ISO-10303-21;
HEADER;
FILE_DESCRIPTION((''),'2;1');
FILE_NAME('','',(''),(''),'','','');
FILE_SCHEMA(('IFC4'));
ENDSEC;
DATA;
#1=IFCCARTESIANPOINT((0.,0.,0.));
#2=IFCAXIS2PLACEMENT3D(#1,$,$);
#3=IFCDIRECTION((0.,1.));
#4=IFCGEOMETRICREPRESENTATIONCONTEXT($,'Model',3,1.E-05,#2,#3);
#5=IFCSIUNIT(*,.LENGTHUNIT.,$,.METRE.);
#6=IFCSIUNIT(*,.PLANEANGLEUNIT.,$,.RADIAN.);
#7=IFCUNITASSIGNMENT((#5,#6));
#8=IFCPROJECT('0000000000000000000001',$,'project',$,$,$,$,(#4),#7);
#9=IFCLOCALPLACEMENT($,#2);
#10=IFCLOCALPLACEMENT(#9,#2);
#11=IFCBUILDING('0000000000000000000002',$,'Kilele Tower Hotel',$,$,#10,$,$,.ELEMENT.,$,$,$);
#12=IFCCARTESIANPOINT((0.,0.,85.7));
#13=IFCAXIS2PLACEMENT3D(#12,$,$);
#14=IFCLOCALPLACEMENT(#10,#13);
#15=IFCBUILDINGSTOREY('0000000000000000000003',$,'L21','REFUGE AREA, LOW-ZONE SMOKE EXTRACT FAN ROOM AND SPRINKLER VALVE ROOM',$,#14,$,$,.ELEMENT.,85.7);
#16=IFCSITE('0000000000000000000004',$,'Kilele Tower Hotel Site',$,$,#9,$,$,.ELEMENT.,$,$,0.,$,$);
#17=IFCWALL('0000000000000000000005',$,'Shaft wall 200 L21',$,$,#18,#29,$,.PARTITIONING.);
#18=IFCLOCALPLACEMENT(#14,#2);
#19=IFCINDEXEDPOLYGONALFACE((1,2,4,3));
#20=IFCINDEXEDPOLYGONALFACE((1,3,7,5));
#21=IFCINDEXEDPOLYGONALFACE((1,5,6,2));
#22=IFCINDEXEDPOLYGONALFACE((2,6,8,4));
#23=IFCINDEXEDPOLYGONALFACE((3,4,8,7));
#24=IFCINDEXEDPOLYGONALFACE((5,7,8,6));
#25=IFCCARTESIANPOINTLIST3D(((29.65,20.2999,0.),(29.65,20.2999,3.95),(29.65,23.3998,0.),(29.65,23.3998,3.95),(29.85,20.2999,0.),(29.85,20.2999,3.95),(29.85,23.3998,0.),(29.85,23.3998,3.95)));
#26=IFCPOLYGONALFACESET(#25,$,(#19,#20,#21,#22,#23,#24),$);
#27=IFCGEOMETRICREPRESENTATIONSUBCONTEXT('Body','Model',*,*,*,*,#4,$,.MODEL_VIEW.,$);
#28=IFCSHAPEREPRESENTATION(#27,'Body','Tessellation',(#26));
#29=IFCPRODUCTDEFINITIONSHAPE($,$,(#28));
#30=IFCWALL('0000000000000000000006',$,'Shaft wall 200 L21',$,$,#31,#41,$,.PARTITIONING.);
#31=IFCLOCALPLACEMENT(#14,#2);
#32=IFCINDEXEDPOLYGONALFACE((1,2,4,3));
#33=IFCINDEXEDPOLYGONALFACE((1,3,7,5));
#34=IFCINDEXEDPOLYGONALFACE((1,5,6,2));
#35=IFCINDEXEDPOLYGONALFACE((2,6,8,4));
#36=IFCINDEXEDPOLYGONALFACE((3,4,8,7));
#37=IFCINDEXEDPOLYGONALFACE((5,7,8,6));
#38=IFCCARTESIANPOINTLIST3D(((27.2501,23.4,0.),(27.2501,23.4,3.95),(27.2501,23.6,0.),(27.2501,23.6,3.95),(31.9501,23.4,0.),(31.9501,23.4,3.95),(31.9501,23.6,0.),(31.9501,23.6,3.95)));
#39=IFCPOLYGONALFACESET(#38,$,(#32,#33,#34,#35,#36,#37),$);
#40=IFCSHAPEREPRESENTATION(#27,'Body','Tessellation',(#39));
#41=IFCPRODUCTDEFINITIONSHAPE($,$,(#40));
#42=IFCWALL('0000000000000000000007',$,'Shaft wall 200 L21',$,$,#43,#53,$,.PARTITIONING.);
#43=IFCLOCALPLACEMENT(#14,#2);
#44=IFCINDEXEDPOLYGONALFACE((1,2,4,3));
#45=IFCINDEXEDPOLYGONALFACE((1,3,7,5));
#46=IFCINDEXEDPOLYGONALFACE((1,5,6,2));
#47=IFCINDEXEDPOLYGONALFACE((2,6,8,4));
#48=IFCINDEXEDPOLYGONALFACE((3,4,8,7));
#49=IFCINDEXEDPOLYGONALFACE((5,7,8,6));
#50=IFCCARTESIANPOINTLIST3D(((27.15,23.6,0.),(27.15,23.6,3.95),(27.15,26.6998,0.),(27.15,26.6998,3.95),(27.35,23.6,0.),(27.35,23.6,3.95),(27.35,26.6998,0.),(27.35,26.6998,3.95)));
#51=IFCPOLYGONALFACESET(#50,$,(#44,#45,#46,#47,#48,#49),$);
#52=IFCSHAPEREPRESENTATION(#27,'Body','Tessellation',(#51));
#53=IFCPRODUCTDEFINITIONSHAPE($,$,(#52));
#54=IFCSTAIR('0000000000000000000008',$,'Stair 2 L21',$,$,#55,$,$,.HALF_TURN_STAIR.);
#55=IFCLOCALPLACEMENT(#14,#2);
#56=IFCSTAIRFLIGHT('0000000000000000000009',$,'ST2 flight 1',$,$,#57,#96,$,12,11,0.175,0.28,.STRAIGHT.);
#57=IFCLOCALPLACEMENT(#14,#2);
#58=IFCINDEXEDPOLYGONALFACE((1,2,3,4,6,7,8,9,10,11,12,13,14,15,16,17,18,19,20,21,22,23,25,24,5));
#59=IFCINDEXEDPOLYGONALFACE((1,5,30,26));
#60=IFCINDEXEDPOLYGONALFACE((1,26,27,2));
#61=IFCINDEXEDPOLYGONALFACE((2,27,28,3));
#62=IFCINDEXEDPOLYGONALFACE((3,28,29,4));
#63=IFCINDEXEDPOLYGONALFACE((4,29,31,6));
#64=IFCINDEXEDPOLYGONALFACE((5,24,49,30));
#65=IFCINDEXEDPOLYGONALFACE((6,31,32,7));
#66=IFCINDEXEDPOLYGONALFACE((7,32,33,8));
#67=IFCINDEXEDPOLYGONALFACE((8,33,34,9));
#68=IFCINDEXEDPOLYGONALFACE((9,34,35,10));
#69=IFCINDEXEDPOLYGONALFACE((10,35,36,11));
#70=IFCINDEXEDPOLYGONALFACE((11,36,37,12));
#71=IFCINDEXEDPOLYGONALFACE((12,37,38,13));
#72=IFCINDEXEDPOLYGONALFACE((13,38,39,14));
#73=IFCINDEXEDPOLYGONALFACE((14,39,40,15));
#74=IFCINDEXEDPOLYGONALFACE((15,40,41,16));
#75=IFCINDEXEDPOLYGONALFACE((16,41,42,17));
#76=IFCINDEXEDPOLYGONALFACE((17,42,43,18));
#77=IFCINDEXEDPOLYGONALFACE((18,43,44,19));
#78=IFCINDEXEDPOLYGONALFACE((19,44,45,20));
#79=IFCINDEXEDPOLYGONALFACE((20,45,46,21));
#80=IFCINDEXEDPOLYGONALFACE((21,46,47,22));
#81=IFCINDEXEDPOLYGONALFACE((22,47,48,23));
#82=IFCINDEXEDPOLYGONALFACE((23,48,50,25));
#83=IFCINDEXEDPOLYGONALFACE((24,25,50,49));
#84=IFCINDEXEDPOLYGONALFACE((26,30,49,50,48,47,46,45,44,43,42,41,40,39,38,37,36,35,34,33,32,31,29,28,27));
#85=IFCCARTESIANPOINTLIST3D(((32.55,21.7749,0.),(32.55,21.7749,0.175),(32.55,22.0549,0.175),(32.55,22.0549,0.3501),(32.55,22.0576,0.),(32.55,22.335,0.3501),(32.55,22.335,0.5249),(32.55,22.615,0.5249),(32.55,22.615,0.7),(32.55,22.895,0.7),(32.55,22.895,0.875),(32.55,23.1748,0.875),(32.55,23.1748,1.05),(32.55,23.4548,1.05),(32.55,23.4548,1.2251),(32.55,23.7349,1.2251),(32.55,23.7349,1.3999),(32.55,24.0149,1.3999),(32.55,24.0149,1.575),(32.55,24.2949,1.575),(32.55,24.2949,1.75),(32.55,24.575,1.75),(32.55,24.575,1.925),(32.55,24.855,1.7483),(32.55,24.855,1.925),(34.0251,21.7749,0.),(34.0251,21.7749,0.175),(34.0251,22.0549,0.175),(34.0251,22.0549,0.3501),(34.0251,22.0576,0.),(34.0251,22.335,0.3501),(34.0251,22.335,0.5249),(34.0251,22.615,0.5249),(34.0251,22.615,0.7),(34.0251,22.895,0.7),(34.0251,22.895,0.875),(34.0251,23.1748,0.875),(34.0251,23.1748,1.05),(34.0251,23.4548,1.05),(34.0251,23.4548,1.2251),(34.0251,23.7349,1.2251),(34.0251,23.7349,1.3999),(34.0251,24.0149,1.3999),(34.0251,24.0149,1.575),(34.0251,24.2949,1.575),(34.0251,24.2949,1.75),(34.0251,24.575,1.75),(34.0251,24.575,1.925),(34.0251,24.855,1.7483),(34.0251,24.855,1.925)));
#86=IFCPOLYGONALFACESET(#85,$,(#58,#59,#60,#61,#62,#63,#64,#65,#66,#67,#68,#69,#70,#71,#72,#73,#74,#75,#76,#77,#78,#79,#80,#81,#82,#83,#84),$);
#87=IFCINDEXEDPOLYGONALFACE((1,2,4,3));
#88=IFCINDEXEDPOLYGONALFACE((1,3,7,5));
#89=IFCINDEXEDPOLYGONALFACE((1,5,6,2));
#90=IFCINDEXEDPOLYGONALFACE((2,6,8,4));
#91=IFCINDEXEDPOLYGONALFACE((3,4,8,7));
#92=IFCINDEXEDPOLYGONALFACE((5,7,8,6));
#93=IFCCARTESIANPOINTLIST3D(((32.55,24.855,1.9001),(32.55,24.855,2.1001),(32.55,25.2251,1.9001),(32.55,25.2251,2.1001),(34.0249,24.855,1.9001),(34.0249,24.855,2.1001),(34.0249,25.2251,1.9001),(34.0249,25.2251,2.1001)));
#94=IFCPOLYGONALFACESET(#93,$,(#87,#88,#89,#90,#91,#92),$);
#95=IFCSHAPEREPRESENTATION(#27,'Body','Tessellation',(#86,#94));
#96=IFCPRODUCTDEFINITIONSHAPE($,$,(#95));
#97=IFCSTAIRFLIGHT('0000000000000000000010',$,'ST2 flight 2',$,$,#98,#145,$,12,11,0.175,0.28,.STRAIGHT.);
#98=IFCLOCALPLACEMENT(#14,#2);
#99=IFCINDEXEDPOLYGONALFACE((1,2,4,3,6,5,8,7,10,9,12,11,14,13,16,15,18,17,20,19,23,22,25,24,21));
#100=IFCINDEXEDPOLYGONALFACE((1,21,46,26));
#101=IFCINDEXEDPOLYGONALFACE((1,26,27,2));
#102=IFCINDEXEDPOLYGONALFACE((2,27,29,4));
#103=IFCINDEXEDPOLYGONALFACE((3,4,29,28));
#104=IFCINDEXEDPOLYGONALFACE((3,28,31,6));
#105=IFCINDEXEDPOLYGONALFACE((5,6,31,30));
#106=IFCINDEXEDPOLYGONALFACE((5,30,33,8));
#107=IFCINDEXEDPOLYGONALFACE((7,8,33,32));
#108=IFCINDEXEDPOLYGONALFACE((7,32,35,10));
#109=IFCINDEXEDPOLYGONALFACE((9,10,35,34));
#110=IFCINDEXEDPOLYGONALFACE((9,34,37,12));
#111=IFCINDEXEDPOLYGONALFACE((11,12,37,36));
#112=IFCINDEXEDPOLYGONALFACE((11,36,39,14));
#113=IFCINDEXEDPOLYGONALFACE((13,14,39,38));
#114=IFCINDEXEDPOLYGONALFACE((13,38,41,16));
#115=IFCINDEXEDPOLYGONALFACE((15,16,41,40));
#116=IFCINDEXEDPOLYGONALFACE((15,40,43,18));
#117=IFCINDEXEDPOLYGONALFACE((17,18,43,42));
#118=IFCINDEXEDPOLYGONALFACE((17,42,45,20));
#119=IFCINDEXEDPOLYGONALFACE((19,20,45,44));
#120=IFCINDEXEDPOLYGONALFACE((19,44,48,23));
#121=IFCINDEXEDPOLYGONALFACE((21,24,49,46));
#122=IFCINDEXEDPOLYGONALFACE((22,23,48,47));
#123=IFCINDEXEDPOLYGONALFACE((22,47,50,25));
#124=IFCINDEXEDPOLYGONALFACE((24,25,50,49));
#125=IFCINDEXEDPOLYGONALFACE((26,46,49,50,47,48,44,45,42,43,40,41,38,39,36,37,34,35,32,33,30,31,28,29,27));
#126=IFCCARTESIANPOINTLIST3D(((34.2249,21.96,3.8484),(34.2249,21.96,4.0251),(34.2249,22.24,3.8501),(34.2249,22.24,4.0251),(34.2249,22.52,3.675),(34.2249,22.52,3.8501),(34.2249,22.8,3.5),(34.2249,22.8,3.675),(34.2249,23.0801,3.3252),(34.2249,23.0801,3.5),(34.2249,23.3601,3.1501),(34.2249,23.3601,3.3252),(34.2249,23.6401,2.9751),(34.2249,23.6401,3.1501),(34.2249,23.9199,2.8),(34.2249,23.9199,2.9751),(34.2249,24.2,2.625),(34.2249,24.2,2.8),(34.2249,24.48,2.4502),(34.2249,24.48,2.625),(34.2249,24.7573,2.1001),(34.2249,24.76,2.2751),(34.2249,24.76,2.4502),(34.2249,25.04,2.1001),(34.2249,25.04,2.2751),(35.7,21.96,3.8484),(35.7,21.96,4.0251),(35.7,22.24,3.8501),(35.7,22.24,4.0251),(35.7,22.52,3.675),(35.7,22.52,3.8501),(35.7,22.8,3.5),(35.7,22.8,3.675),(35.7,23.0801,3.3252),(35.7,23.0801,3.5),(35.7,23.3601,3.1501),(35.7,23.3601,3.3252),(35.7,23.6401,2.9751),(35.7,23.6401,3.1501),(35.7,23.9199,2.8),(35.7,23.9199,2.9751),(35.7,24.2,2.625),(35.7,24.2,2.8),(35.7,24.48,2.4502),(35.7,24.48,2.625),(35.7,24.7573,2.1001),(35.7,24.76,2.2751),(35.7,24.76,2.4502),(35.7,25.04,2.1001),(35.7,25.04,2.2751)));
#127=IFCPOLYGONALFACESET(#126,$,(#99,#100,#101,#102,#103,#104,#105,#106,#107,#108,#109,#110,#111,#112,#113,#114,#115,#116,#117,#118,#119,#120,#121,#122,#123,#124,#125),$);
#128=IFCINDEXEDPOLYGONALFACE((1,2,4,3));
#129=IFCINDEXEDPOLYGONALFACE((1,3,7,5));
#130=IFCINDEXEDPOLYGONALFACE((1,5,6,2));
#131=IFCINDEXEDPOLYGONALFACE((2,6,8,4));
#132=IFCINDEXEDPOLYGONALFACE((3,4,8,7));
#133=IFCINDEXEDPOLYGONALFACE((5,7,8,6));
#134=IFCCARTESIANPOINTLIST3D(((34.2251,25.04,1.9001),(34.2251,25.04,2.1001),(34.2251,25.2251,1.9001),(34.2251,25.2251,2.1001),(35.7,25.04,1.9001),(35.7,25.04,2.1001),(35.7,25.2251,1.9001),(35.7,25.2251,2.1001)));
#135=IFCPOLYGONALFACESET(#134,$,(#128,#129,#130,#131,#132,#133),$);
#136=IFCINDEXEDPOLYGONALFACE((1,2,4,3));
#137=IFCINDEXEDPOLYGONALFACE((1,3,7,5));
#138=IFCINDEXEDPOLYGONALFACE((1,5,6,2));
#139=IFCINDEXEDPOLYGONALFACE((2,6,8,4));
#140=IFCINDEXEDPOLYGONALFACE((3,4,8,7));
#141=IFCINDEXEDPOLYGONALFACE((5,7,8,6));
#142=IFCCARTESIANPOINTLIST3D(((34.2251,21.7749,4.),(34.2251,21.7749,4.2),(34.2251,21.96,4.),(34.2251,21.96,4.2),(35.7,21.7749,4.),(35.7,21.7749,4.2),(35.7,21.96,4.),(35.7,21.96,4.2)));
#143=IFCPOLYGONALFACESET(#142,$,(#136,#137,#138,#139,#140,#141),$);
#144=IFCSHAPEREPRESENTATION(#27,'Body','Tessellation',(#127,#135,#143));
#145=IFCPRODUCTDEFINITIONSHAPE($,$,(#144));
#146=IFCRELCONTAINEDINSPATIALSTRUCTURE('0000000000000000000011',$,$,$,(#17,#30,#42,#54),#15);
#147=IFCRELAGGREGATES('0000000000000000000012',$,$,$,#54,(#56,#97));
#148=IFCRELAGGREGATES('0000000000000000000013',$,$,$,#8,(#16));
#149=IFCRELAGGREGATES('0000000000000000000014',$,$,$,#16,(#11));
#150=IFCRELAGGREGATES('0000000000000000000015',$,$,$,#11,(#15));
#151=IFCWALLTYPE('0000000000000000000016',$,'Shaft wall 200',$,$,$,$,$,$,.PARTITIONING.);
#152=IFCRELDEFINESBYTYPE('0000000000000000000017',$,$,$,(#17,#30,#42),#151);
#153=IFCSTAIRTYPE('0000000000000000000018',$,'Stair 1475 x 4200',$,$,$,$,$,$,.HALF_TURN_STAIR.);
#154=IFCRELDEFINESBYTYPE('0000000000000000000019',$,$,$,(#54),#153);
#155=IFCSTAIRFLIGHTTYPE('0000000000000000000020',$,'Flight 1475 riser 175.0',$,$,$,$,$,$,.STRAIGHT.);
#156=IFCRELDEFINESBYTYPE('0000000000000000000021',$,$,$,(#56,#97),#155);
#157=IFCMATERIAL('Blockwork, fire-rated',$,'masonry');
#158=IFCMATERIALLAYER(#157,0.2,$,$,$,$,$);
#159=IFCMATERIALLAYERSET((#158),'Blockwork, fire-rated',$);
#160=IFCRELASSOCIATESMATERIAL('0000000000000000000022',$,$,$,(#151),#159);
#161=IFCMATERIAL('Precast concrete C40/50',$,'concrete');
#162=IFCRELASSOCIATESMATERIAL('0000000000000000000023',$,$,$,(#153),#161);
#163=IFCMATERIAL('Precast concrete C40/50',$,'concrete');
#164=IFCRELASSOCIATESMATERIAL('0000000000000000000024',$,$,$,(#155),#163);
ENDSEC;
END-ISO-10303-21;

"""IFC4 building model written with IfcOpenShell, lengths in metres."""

from ifc_helpers import new_model, si_unit, direction, frame, frame_2d, origin, place, context, subcontext, project, spatial, polyline, rectangle, outline, extrude, material, layer, layer_set, type_object, element, aggregate, save


model = new_model("IFC4")

# Units and contexts
model_context = context("Model", 3, precision=1e-05, world=origin(), true_north=direction((0.0, 1.0)))
body_context = subcontext(model_context, "Body", "Model", "MODEL_VIEW")
ifc_project = project(units=[si_unit("LENGTHUNIT", "METRE"), si_unit("PLANEANGLEUNIT", "RADIAN")], contexts=[model_context])

# Site, building, storey
site_placement = place(None, origin())
site = spatial("IfcSite", under=ifc_project, at=site_placement, Name="Kilele Tower Hotel Site", CompositionType="ELEMENT", RefElevation=0.0)
building_placement = place(site_placement, origin())
building = spatial("IfcBuilding", under=site, at=building_placement, Name="Kilele Tower Hotel", CompositionType="ELEMENT")
storey_placement = place(building_placement, frame((0.0, 0.0, 85.7)))
storey = spatial("IfcBuildingStorey", under=building, at=storey_placement, Name="L21", Description="REFUGE AREA, LOW-ZONE SMOKE EXTRACT FAN ROOM AND SPRINKLER VALVE ROOM", CompositionType="ELEMENT", Elevation=85.7)

# Walls
ifc_material_1 = material(Name="Blockwork, fire-rated", Category="masonry")
ifc_layer_1 = layer(ifc_material_1, 0.2)
ifc_layer_set_1 = layer_set([ifc_layer_1], Name="Blockwork, fire-rated")
wall_type_1 = type_object("IfcWallType", Name="Shaft wall 200", PredefinedType="PARTITIONING", material=ifc_layer_set_1)
wall_1_placement = place(storey_placement, frame((29.75, 20.3, 0.0), z_axis=(0.0, 0.0, 1.0), x_axis=(0.0, 1.0, 0.0)))
element("IfcWall", 1, at=wall_1_placement, inside=storey, type_object=wall_type_1, Name="Shaft wall 200 L21", PredefinedType="PARTITIONING", context=body_context, shape_type="SweptSolid", body=[
    extrude(rectangle(XDim=3.0999, YDim=0.2, at=frame_2d((1.5498, 0.0))), origin(), (0.0, 0.0, 1.0), 3.95),
])
wall_2_placement = place(storey_placement, frame((27.25, 23.5, 0.0), z_axis=(0.0, 0.0, 1.0), x_axis=(1.0, 0.0, 0.0)))
element("IfcWall", 2, at=wall_2_placement, inside=storey, type_object=wall_type_1, Name="Shaft wall 200 L21", PredefinedType="PARTITIONING", context=body_context, shape_type="SweptSolid", body=[
    extrude(rectangle(XDim=4.7, YDim=0.2, at=frame_2d((2.3501, 0.0))), origin(), (0.0, 0.0, 1.0), 3.95),
])
wall_3_placement = place(storey_placement, frame((27.25, 23.6001, 0.0), z_axis=(0.0, 0.0, 1.0), x_axis=(0.0, 1.0, 0.0)))
element("IfcWall", 3, at=wall_3_placement, inside=storey, type_object=wall_type_1, Name="Shaft wall 200 L21", PredefinedType="PARTITIONING", context=body_context, shape_type="SweptSolid", body=[
    extrude(rectangle(XDim=3.0999, YDim=0.2, at=frame_2d((1.5498, 0.0))), origin(), (0.0, 0.0, 1.0), 3.95),
])

# Stair, stair flights
ifc_material_2 = material(Name="Precast concrete C40/50", Category="concrete")
stair_type = type_object("IfcStairType", Name="Stair 1475 x 4200", PredefinedType="HALF_TURN_STAIR", material=ifc_material_2)
stair_placement = place(storey_placement, origin())
stair = element("IfcStair", 4, at=stair_placement, inside=storey, type_object=stair_type, Name="Stair 2 L21", PredefinedType="HALF_TURN_STAIR")
ifc_material_3 = material(Name="Precast concrete C40/50", Category="concrete")
stair_flight_type = type_object("IfcStairFlightType", Name="Flight 1475 riser 175.0", PredefinedType="STRAIGHT", material=ifc_material_3)
stair_flight_1_placement = place(storey_placement, frame((33.2876, 21.7749, 0.0), z_axis=(0.0, 0.0, 1.0), x_axis=(0.0, 1.0, 0.0)))
stair_flight_1 = element("IfcStairFlight", 5, at=stair_flight_1_placement, type_object=stair_flight_type, Name="ST2 flight 1", NumberOfRisers=12, NumberOfTreads=11, PredefinedType="STRAIGHT", RiserHeight=0.175, TreadLength=0.28, context=body_context, shape_type="SweptSolid", body=[
    extrude(outline(polyline([(0.0, 0.0), (0.0, 0.175), (0.28, 0.175), (0.28, 0.3501), (0.5601, 0.3501), (0.5601, 0.5249), (0.8401, 0.5249), (0.8401, 0.7), (1.1201, 0.7), (1.1201, 0.875), (1.3999, 0.875), (1.3999, 1.05), (1.6799, 1.05), (1.6799, 1.2251), (1.96, 1.2251), (1.96, 1.3999), (2.24, 1.3999), (2.24, 1.575), (2.52, 1.575), (2.52, 1.75), (2.8, 1.75), (2.8, 1.925), (3.0801, 1.925), (3.0801, 2.1001), (3.0801, 1.7483), (0.2827, 0.0), (0.0, 0.0)])), frame((0.0, 0.7375, 0.0), z_axis=(0.0, -1.0, 0.0), x_axis=(1.0, 0.0, 0.0)), (0.0, 0.0, 1.0), 1.4751),
    extrude(outline(polyline([(3.0801, 0.7375), (3.0801, -0.7373), (3.4502, -0.7373), (3.4502, 0.7375), (3.0801, 0.7375)])), frame((0.0, 0.0, 1.9001)), (0.0, 0.0, 1.0), 0.2),
])
stair_flight_2_placement = place(storey_placement, frame((34.9624, 25.04, 2.1001), z_axis=(0.0, 0.0, 1.0), x_axis=(0.0, -1.0, 0.0)))
stair_flight_2 = element("IfcStairFlight", 6, at=stair_flight_2_placement, type_object=stair_flight_type, Name="ST2 flight 2", NumberOfRisers=12, NumberOfTreads=11, PredefinedType="STRAIGHT", RiserHeight=0.175, TreadLength=0.28, context=body_context, shape_type="SweptSolid", body=[
    extrude(outline(polyline([(0.0, 0.0), (0.0, 0.175), (0.28, 0.175), (0.28, 0.3501), (0.5601, 0.3501), (0.5601, 0.5249), (0.8401, 0.5249), (0.8401, 0.7), (1.1201, 0.7), (1.1201, 0.875), (1.3999, 0.875), (1.3999, 1.05), (1.6799, 1.05), (1.6799, 1.2251), (1.96, 1.2251), (1.96, 1.3999), (2.24, 1.3999), (2.24, 1.575), (2.52, 1.575), (2.52, 1.75), (2.8, 1.75), (2.8, 1.925), (3.0801, 1.925), (3.0801, 2.1001), (3.0801, 1.7483), (0.2827, 0.0), (0.0, 0.0)])), frame((0.0, 0.7375, 0.0), z_axis=(0.0, -1.0, 0.0), x_axis=(1.0, 0.0, 0.0)), (0.0, 0.0, 1.0), 1.4751),
    extrude(outline(polyline([(0.0, -0.7373), (0.0, 0.7375), (-0.1851, 0.7375), (-0.1851, -0.7373), (0.0, -0.7373)])), frame((0.0, 0.0, -0.2)), (0.0, 0.0, 1.0), 0.2),
    extrude(outline(polyline([(3.2651, -0.7373), (3.2651, 0.7375), (3.0801, 0.7375), (3.0801, -0.7373), (3.2651, -0.7373)])), frame((0.0, 0.0, 1.8999)), (0.0, 0.0, 1.0), 0.2),
])
aggregate(stair, [stair_flight_1, stair_flight_2])

save(model, "model.ifc")
